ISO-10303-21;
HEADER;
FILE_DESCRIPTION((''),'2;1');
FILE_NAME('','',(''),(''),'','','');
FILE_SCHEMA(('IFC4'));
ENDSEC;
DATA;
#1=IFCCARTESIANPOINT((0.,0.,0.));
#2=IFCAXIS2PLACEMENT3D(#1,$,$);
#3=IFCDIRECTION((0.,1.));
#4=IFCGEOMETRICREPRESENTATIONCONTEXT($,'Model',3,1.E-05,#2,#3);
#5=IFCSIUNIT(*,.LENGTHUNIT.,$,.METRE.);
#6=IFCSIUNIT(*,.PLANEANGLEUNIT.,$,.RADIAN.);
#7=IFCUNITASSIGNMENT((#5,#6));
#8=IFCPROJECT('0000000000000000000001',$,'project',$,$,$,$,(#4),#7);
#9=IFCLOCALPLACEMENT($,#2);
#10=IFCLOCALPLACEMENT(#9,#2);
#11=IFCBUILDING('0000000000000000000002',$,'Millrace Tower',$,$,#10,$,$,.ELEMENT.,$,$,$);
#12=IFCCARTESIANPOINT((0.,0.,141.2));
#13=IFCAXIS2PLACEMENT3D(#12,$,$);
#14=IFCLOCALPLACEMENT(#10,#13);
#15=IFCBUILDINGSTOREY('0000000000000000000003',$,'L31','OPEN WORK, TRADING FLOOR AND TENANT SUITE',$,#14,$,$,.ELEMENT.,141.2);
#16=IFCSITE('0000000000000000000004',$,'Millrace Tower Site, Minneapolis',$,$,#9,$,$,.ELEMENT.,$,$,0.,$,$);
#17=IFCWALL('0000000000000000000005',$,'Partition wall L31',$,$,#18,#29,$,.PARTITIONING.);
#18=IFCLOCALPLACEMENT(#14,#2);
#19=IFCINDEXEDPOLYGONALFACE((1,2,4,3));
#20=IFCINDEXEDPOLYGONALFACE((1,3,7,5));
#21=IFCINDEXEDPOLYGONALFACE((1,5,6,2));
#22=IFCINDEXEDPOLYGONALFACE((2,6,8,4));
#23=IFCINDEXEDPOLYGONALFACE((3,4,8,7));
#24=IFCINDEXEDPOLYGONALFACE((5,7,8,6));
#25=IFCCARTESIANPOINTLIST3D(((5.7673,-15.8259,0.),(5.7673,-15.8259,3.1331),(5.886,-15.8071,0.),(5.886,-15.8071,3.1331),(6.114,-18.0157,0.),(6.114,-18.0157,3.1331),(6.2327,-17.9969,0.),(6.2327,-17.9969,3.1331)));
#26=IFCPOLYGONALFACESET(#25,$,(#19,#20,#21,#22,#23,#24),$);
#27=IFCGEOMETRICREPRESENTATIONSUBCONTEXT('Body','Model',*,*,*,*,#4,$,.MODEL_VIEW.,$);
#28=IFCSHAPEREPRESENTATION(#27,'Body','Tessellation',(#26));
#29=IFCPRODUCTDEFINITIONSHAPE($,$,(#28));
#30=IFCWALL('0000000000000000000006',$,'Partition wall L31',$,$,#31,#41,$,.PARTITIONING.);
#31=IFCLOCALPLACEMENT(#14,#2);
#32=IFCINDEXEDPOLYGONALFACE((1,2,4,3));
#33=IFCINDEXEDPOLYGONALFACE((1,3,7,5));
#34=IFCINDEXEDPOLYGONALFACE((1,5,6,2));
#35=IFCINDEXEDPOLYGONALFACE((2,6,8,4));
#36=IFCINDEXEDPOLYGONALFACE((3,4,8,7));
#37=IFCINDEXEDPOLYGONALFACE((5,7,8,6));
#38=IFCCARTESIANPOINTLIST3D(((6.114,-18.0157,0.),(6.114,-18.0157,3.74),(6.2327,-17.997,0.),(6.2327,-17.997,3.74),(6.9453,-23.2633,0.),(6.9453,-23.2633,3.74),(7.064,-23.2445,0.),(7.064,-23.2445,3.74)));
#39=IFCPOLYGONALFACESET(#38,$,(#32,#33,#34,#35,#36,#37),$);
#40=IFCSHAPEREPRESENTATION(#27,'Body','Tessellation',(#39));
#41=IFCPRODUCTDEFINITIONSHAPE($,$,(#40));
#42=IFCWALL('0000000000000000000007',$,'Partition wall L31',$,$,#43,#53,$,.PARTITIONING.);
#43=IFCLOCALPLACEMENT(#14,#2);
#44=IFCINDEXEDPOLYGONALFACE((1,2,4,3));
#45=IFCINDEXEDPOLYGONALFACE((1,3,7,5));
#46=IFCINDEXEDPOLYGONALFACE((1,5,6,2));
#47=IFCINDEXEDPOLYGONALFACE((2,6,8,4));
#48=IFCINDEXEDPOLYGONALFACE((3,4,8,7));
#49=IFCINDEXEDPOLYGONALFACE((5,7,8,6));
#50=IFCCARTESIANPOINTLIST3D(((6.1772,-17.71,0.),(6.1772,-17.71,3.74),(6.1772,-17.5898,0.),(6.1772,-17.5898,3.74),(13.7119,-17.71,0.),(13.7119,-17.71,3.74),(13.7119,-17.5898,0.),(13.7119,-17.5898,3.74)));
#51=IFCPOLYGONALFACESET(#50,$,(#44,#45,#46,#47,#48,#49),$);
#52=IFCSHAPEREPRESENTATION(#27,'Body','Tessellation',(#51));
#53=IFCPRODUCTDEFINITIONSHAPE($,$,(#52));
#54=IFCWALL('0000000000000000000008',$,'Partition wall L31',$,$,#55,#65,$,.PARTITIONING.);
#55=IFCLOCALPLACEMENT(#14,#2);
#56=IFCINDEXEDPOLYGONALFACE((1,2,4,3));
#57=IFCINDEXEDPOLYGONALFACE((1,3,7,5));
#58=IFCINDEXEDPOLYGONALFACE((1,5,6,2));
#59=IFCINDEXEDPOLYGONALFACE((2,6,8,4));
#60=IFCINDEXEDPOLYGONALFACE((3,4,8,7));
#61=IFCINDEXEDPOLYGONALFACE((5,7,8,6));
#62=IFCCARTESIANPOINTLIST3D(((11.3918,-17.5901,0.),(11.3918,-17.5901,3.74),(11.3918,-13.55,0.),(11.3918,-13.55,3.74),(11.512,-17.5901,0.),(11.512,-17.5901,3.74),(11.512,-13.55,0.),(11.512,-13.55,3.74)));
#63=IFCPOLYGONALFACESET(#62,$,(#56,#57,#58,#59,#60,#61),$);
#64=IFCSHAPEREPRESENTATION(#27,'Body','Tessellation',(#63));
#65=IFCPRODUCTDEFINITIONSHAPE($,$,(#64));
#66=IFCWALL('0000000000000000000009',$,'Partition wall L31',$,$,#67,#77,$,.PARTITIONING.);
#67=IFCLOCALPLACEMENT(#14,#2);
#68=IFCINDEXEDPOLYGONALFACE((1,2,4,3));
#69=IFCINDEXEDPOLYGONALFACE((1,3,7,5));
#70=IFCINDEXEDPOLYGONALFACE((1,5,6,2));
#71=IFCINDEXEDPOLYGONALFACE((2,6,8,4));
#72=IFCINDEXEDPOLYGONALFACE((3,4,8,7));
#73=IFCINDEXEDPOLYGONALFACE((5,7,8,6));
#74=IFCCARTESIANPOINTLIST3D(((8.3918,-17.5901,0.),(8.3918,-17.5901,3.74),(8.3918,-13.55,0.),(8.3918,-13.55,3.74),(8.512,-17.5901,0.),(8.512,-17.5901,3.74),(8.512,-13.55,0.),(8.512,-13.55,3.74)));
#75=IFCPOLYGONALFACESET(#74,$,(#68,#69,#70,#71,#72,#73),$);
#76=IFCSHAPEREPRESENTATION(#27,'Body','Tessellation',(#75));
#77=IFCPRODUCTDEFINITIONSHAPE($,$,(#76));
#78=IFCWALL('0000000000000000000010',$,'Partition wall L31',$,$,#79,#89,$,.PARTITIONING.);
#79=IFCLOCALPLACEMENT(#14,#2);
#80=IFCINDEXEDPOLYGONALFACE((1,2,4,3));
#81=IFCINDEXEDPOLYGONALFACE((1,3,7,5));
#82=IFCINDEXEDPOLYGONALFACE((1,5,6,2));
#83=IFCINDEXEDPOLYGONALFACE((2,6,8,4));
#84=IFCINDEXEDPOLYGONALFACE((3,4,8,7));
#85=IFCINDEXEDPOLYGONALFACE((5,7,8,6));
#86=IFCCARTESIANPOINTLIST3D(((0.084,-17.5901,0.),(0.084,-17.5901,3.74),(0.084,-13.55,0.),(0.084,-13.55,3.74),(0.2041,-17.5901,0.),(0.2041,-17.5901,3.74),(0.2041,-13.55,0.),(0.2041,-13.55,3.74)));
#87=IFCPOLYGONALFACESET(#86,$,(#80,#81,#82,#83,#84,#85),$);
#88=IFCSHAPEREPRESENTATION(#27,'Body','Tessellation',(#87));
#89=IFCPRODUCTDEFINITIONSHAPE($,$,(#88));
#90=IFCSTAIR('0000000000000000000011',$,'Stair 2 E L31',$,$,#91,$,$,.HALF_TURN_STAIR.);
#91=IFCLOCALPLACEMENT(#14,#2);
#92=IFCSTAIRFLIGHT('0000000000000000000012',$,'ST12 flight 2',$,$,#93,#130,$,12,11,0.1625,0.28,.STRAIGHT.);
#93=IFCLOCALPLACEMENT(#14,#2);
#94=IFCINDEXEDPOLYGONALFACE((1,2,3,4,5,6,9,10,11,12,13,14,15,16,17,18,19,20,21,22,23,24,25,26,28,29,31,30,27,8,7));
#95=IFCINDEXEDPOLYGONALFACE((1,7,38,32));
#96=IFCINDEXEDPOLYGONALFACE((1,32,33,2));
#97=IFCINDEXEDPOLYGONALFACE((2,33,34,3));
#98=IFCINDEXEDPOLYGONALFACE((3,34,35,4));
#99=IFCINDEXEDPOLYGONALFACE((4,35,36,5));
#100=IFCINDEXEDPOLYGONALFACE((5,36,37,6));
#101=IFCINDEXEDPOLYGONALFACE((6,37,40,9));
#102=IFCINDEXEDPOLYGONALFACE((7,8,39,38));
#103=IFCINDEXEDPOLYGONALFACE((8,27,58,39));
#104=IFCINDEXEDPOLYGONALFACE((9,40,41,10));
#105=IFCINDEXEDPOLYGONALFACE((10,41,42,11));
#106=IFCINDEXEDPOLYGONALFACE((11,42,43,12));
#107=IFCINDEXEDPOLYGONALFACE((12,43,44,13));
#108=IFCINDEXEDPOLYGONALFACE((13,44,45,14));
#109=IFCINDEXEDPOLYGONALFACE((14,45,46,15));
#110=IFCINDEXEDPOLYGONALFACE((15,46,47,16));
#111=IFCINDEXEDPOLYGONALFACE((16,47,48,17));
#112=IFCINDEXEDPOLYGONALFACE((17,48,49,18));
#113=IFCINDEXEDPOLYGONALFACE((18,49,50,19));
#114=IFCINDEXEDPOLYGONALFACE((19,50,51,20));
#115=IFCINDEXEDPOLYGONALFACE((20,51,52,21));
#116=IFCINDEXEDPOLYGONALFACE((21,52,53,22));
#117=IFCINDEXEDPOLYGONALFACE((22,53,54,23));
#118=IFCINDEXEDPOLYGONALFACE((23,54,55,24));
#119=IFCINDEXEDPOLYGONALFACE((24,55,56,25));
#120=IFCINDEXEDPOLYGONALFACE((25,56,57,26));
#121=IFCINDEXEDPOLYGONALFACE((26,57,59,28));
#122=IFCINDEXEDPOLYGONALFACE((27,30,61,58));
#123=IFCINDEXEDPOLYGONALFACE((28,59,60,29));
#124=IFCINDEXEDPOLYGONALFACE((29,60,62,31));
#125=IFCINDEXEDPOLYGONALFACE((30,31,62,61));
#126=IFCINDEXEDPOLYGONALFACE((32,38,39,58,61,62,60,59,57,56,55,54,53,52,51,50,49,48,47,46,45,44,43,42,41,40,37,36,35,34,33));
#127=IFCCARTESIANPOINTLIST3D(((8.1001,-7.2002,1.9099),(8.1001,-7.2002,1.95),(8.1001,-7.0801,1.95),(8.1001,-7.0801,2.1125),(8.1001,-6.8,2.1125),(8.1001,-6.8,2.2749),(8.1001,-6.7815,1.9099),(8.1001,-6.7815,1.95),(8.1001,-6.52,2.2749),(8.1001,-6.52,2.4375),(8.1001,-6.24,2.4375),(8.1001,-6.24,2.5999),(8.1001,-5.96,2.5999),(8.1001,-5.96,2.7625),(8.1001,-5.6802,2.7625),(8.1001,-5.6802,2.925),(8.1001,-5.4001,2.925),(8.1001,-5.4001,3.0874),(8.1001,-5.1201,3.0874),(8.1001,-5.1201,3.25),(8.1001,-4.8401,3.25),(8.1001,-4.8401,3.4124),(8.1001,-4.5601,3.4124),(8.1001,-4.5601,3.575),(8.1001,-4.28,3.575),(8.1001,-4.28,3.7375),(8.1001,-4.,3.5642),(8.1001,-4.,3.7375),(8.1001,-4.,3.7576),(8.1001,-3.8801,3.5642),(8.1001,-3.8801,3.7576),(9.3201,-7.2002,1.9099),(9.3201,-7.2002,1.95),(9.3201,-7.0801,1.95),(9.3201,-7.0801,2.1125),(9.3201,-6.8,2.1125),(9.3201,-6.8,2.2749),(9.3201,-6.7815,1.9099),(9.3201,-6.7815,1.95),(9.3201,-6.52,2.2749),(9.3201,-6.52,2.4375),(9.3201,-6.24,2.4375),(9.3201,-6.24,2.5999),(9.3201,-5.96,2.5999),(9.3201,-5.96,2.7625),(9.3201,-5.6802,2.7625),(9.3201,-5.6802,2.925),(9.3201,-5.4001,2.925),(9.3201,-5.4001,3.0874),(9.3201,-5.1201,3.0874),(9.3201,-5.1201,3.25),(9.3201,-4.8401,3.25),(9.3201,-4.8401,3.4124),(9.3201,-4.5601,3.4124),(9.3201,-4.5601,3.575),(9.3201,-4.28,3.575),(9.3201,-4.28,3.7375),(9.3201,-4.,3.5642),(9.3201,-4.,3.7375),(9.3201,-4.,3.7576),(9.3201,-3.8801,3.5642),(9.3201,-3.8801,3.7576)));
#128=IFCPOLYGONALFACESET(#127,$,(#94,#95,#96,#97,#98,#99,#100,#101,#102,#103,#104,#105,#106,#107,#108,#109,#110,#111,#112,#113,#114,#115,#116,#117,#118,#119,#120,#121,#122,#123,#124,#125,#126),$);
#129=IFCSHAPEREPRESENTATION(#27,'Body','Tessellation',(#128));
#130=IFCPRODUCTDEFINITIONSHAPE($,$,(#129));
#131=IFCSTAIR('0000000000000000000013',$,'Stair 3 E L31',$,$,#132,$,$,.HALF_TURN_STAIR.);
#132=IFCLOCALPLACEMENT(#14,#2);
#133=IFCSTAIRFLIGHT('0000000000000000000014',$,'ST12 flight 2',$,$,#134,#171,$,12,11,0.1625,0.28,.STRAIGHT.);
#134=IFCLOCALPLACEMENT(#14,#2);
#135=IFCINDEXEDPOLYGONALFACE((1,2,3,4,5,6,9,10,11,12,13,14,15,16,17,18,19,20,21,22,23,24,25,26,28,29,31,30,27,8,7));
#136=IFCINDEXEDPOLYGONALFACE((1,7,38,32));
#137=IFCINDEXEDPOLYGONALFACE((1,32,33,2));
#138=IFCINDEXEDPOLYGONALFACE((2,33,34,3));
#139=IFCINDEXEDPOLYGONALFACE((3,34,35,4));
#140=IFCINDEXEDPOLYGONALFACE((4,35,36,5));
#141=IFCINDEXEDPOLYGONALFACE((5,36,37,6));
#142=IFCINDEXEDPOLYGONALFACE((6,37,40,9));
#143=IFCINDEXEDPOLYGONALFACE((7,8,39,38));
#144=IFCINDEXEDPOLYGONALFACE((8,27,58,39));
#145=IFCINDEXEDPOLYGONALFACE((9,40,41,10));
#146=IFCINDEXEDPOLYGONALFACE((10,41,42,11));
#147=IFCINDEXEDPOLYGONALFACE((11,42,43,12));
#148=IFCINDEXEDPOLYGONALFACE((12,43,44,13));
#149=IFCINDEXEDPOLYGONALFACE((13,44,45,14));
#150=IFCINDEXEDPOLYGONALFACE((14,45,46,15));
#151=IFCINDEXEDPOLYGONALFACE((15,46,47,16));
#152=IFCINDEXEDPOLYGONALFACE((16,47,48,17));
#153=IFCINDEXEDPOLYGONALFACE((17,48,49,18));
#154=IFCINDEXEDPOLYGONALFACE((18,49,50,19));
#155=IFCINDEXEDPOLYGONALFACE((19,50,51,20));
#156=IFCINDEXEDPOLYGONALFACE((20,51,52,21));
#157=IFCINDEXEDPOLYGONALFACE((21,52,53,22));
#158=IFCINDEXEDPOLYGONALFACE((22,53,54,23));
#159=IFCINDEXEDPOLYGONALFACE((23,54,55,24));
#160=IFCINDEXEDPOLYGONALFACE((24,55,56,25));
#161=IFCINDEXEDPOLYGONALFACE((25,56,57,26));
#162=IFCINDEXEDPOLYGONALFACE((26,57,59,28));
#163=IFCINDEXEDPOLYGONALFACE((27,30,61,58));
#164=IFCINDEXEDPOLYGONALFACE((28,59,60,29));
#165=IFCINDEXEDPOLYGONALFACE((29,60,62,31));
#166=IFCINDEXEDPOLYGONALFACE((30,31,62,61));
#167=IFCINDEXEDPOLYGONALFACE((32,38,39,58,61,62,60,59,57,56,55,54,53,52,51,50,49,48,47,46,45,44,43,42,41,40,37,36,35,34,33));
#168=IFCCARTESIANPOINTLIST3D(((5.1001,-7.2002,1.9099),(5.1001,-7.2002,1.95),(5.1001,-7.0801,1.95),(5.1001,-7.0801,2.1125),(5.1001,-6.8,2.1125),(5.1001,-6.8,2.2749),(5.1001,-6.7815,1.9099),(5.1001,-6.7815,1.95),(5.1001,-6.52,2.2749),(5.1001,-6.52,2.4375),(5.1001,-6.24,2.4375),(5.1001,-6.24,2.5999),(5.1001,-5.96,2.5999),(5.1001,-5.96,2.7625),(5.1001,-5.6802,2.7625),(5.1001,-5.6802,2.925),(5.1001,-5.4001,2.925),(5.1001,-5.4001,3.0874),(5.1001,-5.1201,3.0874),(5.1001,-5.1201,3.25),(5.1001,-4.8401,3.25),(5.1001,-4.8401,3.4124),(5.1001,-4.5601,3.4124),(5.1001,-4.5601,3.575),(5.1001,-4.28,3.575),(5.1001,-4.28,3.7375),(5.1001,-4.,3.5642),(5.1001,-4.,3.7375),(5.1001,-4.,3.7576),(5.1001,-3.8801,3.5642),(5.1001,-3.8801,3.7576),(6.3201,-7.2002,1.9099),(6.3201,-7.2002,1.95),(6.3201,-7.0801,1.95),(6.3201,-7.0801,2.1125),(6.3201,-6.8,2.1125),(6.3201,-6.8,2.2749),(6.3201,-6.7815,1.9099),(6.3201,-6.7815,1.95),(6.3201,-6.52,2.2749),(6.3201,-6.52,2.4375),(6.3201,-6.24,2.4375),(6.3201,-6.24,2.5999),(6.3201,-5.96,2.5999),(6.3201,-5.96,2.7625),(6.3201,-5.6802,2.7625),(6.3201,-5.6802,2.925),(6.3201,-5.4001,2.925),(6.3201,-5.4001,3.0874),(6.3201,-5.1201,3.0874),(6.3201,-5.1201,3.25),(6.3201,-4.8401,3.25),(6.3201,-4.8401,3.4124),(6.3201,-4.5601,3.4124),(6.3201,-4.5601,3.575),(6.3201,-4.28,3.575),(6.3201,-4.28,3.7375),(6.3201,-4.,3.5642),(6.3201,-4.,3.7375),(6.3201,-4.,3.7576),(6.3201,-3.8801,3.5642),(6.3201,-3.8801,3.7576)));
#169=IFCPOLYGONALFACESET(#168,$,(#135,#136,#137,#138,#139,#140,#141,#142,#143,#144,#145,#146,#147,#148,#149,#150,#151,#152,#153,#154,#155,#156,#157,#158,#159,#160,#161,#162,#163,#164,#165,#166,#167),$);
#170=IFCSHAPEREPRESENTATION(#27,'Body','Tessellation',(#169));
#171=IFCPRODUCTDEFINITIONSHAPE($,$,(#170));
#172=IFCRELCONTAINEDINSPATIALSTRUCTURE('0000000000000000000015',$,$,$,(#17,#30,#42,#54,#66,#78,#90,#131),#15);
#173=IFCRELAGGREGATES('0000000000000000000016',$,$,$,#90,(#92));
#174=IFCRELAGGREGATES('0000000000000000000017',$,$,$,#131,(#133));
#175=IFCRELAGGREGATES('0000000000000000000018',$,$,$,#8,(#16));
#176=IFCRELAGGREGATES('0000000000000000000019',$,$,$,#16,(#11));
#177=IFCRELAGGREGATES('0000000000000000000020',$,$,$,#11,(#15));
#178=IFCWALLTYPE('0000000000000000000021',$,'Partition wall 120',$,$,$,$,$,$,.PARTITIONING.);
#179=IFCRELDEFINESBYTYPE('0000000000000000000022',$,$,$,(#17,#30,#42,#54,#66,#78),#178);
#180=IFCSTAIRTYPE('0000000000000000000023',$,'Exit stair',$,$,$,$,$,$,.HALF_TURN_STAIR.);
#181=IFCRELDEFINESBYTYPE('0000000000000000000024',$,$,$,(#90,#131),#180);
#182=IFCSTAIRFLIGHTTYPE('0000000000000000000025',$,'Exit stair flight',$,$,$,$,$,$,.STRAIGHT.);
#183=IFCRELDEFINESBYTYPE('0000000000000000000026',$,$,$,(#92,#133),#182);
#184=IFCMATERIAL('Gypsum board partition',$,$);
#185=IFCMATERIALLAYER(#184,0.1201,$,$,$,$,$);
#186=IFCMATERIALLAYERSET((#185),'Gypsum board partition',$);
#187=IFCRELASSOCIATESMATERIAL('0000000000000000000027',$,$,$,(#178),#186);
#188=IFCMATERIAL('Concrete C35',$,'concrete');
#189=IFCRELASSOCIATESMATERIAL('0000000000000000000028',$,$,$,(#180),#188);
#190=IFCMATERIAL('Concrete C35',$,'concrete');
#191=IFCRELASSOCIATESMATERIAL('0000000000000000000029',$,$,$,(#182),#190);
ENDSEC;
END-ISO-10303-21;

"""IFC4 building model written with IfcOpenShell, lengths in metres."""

from ifc_helpers import new_model, si_unit, direction, frame, frame_2d, origin, place, context, subcontext, project, spatial, polyline, rectangle, outline, extrude, material, layer, layer_set, type_object, element, aggregate, save


model = new_model("IFC4")

# Units and contexts
model_context = context("Model", 3, precision=1e-05, world=origin(), true_north=direction((0.0, 1.0)))
body_context = subcontext(model_context, "Body", "Model", "MODEL_VIEW")
ifc_project = project(units=[si_unit("LENGTHUNIT", "METRE"), si_unit("PLANEANGLEUNIT", "RADIAN")], contexts=[model_context])

# Site, building, storey
site_placement = place(None, origin())
site = spatial("IfcSite", under=ifc_project, at=site_placement, Name="Millrace Tower Site, Minneapolis", CompositionType="ELEMENT", RefElevation=0.0)
building_placement = place(site_placement, origin())
building = spatial("IfcBuilding", under=site, at=building_placement, Name="Millrace Tower", CompositionType="ELEMENT")
storey_placement = place(building_placement, frame((0.0, 0.0, 141.2)))
storey = spatial("IfcBuildingStorey", under=building, at=storey_placement, Name="L31", Description="OPEN WORK, TRADING FLOOR AND TENANT SUITE", CompositionType="ELEMENT", Elevation=141.2)

# Shared definitions
placement = place(storey_placement, origin())

# Walls
ifc_material_1 = material(Name="Gypsum board partition")
ifc_layer_1 = layer(ifc_material_1, 0.1201)
ifc_layer_set_1 = layer_set([ifc_layer_1], Name="Gypsum board partition")
wall_type_1 = type_object("IfcWallType", Name="Partition wall 120", PredefinedType="PARTITIONING", material=ifc_layer_set_1)
wall_1_placement = place(storey_placement, frame((5.8267, -15.8167, 0.0), z_axis=(0.0, 0.0, 1.0), x_axis=(0.156375, -0.987698, 0.0)))
element("IfcWall", 1, at=wall_1_placement, inside=storey, type_object=wall_type_1, Name="Partition wall L31", PredefinedType="PARTITIONING", context=body_context, shape_type="SweptSolid", body=[
    extrude(rectangle(XDim=2.217, YDim=0.1201, at=frame_2d((1.1084, 0.0))), origin(), (0.0, 0.0, 1.0), 3.1331),
])
wall_2_placement = place(storey_placement, frame((6.1733, -18.0063, 0.0), z_axis=(0.0, 0.0, 1.0), x_axis=(0.156465, -0.987683, 0.0)))
element("IfcWall", 2, at=wall_2_placement, inside=storey, type_object=wall_type_1, Name="Partition wall L31", PredefinedType="PARTITIONING", context=body_context, shape_type="SweptSolid", body=[
    extrude(rectangle(XDim=5.313, YDim=0.1201, at=frame_2d((2.6565, 0.0))), origin(), (0.0, 0.0, 1.0), 3.74),
])
wall_3_placement = place(storey_placement, frame((6.1772, -17.6499, 0.0), z_axis=(0.0, 0.0, 1.0), x_axis=(1.0, 0.0, 0.0)))
element("IfcWall", 3, at=wall_3_placement, inside=storey, type_object=wall_type_1, Name="Partition wall L31", PredefinedType="PARTITIONING", context=body_context, shape_type="SweptSolid", body=[
    extrude(rectangle(XDim=7.5347, YDim=0.1201, at=frame_2d((3.7673, 0.0))), origin(), (0.0, 0.0, 1.0), 3.74),
])
for number, where, z_axis, x_axis, name in (
    (4, (11.4519, -17.5901, 0.0), (0.0, 0.0, 1.0), (0.0, 1.0, 0.0), "Partition wall L31"),
    (5, (8.4519, -17.5901, 0.0), (0.0, 0.0, 1.0), (0.0, 1.0, 0.0), "Partition wall L31"),
    (6, (0.144, -17.5901, 0.0), (0.0, 0.0, 1.0), (0.0, 1.0, 0.0), "Partition wall L31"),
):
    element("IfcWall", number, at=place(storey_placement, frame(where, z_axis=z_axis, x_axis=x_axis)), inside=storey, type_object=wall_type_1, Name=name, PredefinedType="PARTITIONING", context=body_context, shape_type="SweptSolid", body=[
        extrude(rectangle(XDim=4.04, YDim=0.1201, at=frame_2d((2.02, 0.0))), origin(), (0.0, 0.0, 1.0), 3.74),
    ])

# Stairs, stair flights
ifc_material_2 = material(Name="Concrete C35", Category="concrete")
stair_type = type_object("IfcStairType", Name="Exit stair", PredefinedType="HALF_TURN_STAIR", material=ifc_material_2)
stair_1 = element("IfcStair", 7, at=placement, inside=storey, type_object=stair_type, Name="Stair 2 E L31", PredefinedType="HALF_TURN_STAIR")
ifc_material_3 = material(Name="Concrete C35", Category="concrete")
stair_flight_type = type_object("IfcStairFlightType", Name="Exit stair flight", PredefinedType="STRAIGHT", material=ifc_material_3)
stair_flight_1_placement = place(storey_placement, frame((8.71, -7.0801, 1.95), z_axis=(0.0, 0.0, 1.0), x_axis=(0.0, 1.0, 0.0)))
stair_flight_1 = element("IfcStairFlight", 8, at=stair_flight_1_placement, type_object=stair_flight_type, Name="ST12 flight 2", NumberOfRisers=12, NumberOfTreads=11, PredefinedType="STRAIGHT", RiserHeight=0.1625, TreadLength=0.28, context=body_context, shape_type="SweptSolid", body=[
    extrude(outline(polyline([(-0.1201, -0.04), (-0.1201, 0.0), (0.0, 0.0), (0.0, 0.1626), (0.28, 0.1626), (0.28, 0.325), (0.5601, 0.325), (0.5601, 0.4875), (0.8401, 0.4875), (0.8401, 0.6499), (1.1201, 0.6499), (1.1201, 0.8125), (1.3999, 0.8125), (1.3999, 0.9751), (1.6799, 0.9751), (1.6799, 1.1375), (1.96, 1.1375), (1.96, 1.3), (2.24, 1.3), (2.24, 1.4624), (2.52, 1.4624), (2.52, 1.625), (2.8, 1.625), (2.8, 1.7876), (3.0801, 1.7876), (3.0801, 1.8076), (3.2, 1.8076), (3.2, 1.6143), (3.0801, 1.6143), (0.2986, 0.0), (0.2986, -0.04), (-0.1201, -0.04)])), frame((0.0, 0.6099, 0.0), z_axis=(0.0, -1.0, 0.0), x_axis=(1.0, 0.0, 0.0)), (0.0, 0.0, 1.0), 1.22),
])
aggregate(stair_1, [stair_flight_1])
stair_2 = element("IfcStair", 9, at=placement, inside=storey, type_object=stair_type, Name="Stair 3 E L31", PredefinedType="HALF_TURN_STAIR")
stair_flight_2_placement = place(storey_placement, frame((5.71, -7.0801, 1.95), z_axis=(0.0, 0.0, 1.0), x_axis=(0.0, 1.0, 0.0)))
stair_flight_2 = element("IfcStairFlight", 10, at=stair_flight_2_placement, type_object=stair_flight_type, Name="ST12 flight 2", NumberOfRisers=12, NumberOfTreads=11, PredefinedType="STRAIGHT", RiserHeight=0.1625, TreadLength=0.28, context=body_context, shape_type="SweptSolid", body=[
    extrude(outline(polyline([(-0.1201, -0.04), (-0.1201, 0.0), (0.0, 0.0), (0.0, 0.1626), (0.28, 0.1626), (0.28, 0.325), (0.5601, 0.325), (0.5601, 0.4875), (0.8401, 0.4875), (0.8401, 0.6499), (1.1201, 0.6499), (1.1201, 0.8125), (1.3999, 0.8125), (1.3999, 0.9751), (1.6799, 0.9751), (1.6799, 1.1375), (1.96, 1.1375), (1.96, 1.3), (2.24, 1.3), (2.24, 1.4624), (2.52, 1.4624), (2.52, 1.625), (2.8, 1.625), (2.8, 1.7876), (3.0801, 1.7876), (3.0801, 1.8076), (3.2, 1.8076), (3.2, 1.6143), (3.0801, 1.6143), (0.2986, 0.0), (0.2986, -0.04), (-0.1201, -0.04)])), frame((0.0, 0.6099, 0.0), z_axis=(0.0, -1.0, 0.0), x_axis=(1.0, 0.0, 0.0)), (0.0, 0.0, 1.0), 1.22),
])
aggregate(stair_2, [stair_flight_2])

save(model, "model.ifc")
